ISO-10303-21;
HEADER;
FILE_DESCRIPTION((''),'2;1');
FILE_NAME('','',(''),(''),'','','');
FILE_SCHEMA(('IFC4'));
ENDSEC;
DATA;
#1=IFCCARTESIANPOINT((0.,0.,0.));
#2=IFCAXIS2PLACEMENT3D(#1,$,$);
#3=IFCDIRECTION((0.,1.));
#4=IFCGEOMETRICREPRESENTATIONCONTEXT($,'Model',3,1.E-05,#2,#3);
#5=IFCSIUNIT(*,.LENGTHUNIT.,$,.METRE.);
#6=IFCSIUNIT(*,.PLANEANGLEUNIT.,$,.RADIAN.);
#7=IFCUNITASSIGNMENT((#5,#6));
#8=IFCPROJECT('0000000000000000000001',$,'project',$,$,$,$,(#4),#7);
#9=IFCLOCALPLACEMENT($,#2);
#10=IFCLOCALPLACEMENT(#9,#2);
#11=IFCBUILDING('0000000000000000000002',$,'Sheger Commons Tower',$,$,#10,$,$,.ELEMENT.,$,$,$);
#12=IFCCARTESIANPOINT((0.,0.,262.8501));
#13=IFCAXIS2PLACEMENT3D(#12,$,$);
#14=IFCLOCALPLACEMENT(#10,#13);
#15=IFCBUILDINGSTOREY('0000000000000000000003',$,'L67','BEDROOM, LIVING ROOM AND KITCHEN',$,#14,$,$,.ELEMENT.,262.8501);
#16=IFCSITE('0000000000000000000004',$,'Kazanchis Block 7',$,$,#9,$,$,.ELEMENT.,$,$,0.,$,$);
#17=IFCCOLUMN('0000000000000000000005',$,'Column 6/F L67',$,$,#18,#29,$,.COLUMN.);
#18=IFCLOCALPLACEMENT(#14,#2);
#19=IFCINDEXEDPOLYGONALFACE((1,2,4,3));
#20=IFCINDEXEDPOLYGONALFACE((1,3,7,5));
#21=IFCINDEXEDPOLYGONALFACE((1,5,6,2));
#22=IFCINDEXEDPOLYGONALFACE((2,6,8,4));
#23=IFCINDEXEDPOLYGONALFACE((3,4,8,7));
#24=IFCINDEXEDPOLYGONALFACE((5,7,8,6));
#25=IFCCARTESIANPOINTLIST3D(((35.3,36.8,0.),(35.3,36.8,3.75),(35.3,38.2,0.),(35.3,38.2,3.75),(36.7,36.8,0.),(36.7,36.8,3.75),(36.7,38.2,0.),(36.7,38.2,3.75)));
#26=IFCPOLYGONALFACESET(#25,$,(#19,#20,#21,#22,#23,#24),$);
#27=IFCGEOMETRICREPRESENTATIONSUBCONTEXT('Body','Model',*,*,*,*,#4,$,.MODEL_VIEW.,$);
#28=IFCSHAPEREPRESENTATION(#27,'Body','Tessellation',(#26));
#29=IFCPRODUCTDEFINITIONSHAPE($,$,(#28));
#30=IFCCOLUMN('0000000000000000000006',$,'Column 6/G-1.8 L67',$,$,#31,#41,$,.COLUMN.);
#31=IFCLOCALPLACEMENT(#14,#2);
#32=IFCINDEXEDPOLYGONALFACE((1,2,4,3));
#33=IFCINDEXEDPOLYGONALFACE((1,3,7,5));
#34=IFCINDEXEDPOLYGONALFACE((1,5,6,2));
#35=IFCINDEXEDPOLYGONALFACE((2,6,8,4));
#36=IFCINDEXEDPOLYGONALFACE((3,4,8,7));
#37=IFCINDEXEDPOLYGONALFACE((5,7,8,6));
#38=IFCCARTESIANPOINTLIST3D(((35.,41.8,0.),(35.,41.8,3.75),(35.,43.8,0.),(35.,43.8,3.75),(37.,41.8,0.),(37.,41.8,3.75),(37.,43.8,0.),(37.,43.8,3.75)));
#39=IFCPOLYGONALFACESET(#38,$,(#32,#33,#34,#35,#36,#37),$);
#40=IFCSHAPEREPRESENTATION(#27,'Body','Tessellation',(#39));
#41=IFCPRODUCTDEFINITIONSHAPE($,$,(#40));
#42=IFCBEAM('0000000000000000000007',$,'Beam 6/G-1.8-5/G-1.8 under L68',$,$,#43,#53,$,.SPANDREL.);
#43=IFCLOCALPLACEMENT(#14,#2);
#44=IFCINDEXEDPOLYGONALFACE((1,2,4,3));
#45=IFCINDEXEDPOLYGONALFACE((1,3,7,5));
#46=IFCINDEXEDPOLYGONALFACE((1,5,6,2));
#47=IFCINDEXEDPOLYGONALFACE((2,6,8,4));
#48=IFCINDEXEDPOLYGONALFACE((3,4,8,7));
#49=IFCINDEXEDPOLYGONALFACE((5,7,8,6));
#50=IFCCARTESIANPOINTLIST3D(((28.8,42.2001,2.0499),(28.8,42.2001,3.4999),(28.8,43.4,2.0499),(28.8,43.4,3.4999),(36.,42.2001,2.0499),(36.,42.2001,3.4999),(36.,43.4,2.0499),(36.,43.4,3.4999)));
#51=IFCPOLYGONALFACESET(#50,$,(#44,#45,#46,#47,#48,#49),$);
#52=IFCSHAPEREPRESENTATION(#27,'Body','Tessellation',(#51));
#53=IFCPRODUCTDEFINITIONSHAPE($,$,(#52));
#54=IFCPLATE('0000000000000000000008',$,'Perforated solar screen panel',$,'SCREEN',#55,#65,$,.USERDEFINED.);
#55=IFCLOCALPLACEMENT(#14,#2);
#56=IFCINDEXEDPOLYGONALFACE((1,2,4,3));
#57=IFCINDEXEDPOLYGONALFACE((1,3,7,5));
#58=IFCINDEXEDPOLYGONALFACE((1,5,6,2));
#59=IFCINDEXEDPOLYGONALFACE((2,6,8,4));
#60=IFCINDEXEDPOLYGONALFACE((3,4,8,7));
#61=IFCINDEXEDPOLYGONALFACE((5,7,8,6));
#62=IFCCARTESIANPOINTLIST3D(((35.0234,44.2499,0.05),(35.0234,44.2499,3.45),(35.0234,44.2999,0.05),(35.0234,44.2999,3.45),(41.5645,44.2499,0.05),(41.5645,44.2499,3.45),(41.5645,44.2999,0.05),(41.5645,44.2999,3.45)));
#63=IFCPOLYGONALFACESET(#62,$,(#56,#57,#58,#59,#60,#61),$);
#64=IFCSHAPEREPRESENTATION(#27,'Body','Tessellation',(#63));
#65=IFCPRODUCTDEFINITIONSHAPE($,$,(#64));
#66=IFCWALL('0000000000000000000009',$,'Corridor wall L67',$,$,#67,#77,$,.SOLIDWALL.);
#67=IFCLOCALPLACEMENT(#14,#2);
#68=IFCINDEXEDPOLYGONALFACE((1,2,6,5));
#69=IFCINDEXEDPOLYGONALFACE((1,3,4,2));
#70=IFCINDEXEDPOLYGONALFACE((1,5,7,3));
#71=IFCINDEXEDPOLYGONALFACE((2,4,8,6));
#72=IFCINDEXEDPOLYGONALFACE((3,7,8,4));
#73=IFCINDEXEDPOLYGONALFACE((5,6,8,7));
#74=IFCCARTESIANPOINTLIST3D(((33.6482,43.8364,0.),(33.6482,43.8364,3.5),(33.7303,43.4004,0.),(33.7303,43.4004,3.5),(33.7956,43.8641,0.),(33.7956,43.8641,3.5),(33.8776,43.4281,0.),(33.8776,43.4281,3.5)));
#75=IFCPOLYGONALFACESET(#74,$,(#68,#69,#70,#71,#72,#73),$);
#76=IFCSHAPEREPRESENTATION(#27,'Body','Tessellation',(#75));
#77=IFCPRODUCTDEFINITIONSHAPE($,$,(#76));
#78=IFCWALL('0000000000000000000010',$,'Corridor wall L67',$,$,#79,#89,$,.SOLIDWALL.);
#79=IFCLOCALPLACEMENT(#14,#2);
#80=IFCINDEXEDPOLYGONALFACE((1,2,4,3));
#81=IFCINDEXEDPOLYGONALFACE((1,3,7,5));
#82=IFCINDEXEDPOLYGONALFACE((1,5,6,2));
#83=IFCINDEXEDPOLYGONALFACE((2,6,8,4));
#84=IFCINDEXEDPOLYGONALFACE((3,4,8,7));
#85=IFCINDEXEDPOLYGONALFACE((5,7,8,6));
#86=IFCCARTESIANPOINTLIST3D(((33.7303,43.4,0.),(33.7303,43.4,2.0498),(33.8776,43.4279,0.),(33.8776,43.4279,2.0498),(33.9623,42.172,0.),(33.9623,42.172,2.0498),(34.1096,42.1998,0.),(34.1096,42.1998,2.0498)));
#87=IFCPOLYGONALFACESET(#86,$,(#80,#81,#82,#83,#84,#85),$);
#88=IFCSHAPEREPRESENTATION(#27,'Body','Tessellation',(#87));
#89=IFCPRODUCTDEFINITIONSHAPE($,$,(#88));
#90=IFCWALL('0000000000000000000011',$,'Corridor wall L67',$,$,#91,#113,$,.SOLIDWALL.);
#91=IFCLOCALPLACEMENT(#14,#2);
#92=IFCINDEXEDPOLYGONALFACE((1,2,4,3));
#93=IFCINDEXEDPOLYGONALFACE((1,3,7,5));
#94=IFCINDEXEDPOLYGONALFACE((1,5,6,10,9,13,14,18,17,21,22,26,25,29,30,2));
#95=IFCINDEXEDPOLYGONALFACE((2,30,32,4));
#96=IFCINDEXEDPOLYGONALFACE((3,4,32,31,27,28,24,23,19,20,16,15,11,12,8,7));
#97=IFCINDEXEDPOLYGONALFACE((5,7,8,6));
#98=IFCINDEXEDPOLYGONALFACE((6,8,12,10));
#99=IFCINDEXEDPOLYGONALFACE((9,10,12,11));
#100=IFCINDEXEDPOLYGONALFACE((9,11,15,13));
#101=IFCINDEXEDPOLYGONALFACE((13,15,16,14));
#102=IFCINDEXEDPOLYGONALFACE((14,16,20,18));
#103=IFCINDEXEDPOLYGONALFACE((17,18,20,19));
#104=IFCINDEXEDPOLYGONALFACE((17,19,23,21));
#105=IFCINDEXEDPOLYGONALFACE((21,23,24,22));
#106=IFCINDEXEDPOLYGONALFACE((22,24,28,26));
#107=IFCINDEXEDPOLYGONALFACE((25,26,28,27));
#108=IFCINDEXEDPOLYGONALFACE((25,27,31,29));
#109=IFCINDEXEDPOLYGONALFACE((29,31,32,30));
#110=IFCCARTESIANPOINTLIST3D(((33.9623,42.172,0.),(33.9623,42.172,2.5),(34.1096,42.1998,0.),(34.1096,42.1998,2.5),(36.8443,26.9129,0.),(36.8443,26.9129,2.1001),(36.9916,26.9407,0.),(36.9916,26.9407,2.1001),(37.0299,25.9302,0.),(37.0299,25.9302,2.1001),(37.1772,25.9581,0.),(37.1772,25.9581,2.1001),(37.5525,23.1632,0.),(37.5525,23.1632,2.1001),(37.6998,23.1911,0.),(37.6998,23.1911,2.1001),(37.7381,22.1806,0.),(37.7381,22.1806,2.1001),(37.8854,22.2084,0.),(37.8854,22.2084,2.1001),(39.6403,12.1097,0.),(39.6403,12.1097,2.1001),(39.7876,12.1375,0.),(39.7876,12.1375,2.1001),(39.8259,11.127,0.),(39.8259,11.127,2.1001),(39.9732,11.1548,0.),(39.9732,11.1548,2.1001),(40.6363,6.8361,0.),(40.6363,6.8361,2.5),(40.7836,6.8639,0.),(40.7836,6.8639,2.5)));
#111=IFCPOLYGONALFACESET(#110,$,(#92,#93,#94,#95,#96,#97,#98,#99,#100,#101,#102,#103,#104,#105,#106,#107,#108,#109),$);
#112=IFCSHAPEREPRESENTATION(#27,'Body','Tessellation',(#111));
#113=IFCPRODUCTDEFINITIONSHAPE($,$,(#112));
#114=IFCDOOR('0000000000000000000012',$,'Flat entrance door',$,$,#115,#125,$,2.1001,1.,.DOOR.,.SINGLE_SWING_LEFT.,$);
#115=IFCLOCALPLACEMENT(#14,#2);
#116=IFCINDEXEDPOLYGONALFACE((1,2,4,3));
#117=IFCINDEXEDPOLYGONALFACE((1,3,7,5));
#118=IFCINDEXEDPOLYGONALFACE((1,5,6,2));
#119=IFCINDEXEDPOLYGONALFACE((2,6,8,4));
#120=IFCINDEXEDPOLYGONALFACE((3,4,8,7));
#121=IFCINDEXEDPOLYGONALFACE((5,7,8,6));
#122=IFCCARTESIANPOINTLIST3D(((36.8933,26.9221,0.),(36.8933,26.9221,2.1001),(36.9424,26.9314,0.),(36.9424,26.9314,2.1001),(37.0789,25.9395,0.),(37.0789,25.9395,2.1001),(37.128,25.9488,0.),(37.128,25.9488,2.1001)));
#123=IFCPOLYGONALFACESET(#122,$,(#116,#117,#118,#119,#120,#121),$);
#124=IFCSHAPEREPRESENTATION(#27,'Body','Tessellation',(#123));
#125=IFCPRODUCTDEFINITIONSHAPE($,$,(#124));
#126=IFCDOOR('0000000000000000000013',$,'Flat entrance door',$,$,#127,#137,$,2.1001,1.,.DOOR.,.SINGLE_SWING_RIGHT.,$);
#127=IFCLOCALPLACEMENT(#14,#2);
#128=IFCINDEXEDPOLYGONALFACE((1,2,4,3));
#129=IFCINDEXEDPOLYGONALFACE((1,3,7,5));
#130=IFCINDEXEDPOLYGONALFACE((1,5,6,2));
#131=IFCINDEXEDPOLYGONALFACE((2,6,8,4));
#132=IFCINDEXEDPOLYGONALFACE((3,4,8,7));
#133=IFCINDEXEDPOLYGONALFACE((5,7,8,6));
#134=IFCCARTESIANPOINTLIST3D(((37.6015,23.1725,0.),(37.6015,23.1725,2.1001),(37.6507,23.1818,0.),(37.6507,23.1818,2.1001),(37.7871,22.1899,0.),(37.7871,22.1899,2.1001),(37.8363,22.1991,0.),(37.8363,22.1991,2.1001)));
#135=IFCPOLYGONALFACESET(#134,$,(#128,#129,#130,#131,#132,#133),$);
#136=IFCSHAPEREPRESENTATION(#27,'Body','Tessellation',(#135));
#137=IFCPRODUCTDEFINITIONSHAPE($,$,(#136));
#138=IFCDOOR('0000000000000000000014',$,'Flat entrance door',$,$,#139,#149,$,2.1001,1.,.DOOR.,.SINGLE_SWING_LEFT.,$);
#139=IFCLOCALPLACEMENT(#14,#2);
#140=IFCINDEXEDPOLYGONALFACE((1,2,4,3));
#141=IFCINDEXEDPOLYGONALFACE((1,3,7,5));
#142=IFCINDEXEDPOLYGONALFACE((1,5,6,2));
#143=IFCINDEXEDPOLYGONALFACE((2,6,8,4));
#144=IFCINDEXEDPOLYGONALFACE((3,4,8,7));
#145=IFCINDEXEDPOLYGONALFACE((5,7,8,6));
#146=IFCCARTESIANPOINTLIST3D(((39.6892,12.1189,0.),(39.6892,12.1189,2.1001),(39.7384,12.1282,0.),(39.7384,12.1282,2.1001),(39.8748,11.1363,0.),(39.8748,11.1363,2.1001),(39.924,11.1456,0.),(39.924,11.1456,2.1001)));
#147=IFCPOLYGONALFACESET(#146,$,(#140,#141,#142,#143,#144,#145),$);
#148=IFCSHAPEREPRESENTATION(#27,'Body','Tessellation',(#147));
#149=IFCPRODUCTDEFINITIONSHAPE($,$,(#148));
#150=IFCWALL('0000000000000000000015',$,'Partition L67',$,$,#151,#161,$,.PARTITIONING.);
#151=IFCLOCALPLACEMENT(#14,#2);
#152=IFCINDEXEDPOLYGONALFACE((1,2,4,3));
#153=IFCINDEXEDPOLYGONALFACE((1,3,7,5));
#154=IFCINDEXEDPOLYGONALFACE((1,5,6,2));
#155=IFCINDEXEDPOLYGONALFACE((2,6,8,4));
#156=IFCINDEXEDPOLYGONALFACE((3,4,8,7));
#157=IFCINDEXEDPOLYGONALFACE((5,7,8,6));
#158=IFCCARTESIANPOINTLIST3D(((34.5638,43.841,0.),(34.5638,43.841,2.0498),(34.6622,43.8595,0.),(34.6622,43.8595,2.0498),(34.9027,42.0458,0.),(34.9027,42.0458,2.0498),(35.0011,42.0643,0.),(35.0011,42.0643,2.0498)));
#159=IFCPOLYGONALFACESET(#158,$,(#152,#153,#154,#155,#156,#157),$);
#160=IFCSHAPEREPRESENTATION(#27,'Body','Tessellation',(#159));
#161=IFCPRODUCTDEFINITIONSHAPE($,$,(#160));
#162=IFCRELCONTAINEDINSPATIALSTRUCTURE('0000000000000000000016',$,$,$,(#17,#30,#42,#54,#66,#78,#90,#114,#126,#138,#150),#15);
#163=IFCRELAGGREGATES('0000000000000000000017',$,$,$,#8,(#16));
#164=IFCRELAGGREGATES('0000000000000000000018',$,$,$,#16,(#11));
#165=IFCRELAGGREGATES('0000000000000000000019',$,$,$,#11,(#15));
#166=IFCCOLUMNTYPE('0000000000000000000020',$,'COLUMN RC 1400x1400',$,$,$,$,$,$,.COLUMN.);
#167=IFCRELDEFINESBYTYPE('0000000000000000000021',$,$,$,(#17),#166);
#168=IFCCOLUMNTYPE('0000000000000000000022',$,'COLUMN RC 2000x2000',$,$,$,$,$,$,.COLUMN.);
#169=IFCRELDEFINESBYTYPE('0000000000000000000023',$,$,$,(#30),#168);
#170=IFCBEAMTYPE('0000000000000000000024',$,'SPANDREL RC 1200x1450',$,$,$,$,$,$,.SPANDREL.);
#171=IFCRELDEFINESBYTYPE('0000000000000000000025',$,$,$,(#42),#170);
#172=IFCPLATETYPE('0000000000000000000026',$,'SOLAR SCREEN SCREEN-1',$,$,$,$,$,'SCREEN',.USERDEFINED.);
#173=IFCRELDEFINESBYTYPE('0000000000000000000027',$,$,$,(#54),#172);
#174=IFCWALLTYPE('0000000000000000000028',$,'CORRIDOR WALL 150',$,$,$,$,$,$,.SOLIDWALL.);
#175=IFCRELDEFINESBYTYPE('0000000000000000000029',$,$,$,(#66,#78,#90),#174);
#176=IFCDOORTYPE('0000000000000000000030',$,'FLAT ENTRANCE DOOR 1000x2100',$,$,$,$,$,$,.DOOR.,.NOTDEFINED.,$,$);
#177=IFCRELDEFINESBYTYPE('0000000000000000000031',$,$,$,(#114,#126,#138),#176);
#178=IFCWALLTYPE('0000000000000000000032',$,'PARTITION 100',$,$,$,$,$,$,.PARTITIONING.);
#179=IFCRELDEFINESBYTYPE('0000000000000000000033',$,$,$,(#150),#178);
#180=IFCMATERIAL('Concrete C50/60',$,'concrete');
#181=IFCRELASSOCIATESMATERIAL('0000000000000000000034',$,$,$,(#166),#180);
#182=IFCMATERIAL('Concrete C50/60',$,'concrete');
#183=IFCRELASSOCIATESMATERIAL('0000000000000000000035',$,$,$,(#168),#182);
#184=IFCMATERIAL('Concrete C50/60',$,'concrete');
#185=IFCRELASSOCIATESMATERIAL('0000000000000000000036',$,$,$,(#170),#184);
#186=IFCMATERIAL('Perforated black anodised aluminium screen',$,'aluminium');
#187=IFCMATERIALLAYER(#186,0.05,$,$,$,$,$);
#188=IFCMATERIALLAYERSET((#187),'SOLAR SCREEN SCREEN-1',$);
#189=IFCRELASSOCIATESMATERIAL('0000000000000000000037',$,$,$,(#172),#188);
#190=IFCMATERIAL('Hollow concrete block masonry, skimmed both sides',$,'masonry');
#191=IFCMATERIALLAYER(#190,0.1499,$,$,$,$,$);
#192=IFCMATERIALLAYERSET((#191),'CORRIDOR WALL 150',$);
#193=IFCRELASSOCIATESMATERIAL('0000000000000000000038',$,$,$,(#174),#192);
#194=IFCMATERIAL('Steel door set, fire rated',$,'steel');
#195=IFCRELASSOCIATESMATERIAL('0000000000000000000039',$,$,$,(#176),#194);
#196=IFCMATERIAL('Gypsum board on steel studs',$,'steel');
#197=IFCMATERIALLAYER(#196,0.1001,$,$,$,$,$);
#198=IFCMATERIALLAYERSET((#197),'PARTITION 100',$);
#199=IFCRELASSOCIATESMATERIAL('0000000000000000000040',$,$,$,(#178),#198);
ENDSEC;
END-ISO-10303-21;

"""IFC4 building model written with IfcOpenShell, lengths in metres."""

from ifc_helpers import new_model, si_unit, direction, frame, frame_2d, origin, origin_2d, place, context, subcontext, project, spatial, rectangle, extrude, material, layer, layer_set, material_profile, profile_set, type_object, element, fill, save


model = new_model("IFC4")

# Units and contexts
model_context = context("Model", 3, precision=1e-05, world=origin(), true_north=direction((0.0, 1.0)))
body_context = subcontext(model_context, "Body", "Model", "MODEL_VIEW")
ifc_project = project(units=[si_unit("LENGTHUNIT", "METRE"), si_unit("PLANEANGLEUNIT", "RADIAN")], contexts=[model_context])

# Site, building, storey
site_placement = place(None, origin())
site = spatial("IfcSite", under=ifc_project, at=site_placement, Name="Kazanchis Block 7", CompositionType="ELEMENT", RefElevation=0.0)
building_placement = place(site_placement, origin())
building = spatial("IfcBuilding", under=site, at=building_placement, Name="Sheger Commons Tower", CompositionType="ELEMENT")
storey_placement = place(building_placement, frame((0.0, 0.0, 262.8501)))
storey = spatial("IfcBuildingStorey", under=building, at=storey_placement, Name="L67", Description="BEDROOM, LIVING ROOM AND KITCHEN", CompositionType="ELEMENT", Elevation=262.8501)

# Columns
ifc_material_1 = material(Name="Concrete C50/60", Category="concrete")
ifc_material_profile_1 = material_profile(ifc_material_1, rectangle(XDim=1.3999, YDim=1.3999, at=origin_2d()), Name="RC 1400x1400")
ifc_profile_set_1 = profile_set([ifc_material_profile_1], Name="Concrete C50/60")
column_type_1 = type_object("IfcColumnType", Name="COLUMN RC 1400x1400", PredefinedType="COLUMN", material=ifc_profile_set_1)
column_1_placement = place(storey_placement, frame((36.0, 37.5, 0.0), z_axis=(0.0, 0.0, 1.0), x_axis=(1.0, 0.0, 0.0)))
element("IfcColumn", 1, at=column_1_placement, inside=storey, type_object=column_type_1, Name="Column 6/F L67", PredefinedType="COLUMN", context=body_context, shape_type="SweptSolid", body=[
    extrude(rectangle(XDim=1.3999, YDim=1.3999, at=origin_2d()), origin(), (0.0, 0.0, 1.0), 3.75),
])
ifc_material_2 = material(Name="Concrete C50/60", Category="concrete")
ifc_material_profile_2 = material_profile(ifc_material_2, rectangle(XDim=2.0, YDim=2.0, at=origin_2d()), Name="RC 2000x2000")
ifc_profile_set_2 = profile_set([ifc_material_profile_2], Name="Concrete C50/60")
column_type_2 = type_object("IfcColumnType", Name="COLUMN RC 2000x2000", PredefinedType="COLUMN", material=ifc_profile_set_2)
column_2_placement = place(storey_placement, frame((36.0, 42.8, 0.0), z_axis=(0.0, 0.0, 1.0), x_axis=(1.0, 0.0, 0.0)))
element("IfcColumn", 2, at=column_2_placement, inside=storey, type_object=column_type_2, Name="Column 6/G-1.8 L67", PredefinedType="COLUMN", context=body_context, shape_type="SweptSolid", body=[
    extrude(rectangle(XDim=2.0, YDim=2.0, at=origin_2d()), origin(), (0.0, 0.0, 1.0), 3.75),
])

# Beam
ifc_material_3 = material(Name="Concrete C50/60", Category="concrete")
ifc_material_profile_3 = material_profile(ifc_material_3, rectangle(XDim=1.2, YDim=1.45, at=origin_2d()), Name="RC 1200x1450")
ifc_profile_set_3 = profile_set([ifc_material_profile_3], Name="Concrete C50/60")
beam_type = type_object("IfcBeamType", Name="SPANDREL RC 1200x1450", PredefinedType="SPANDREL", material=ifc_profile_set_3)
beam_placement = place(storey_placement, frame((36.0, 42.8, 2.7749), z_axis=(-1.0, 0.0, 0.0), x_axis=(0.0, -1.0, 0.0)))
element("IfcBeam", 3, at=beam_placement, inside=storey, type_object=beam_type, Name="Beam 6/G-1.8-5/G-1.8 under L68", PredefinedType="SPANDREL", context=body_context, shape_type="SweptSolid", body=[
    extrude(rectangle(XDim=1.2, YDim=1.45, at=origin_2d()), origin(), (0.0, 0.0, 1.0), 7.2),
])

# Plate
ifc_material_4 = material(Name="Perforated black anodised aluminium screen", Category="aluminium")
ifc_layer_1 = layer(ifc_material_4, 0.05)
ifc_layer_set_1 = layer_set([ifc_layer_1], Name="SOLAR SCREEN SCREEN-1")
plate_type = type_object("IfcPlateType", Name="SOLAR SCREEN SCREEN-1", ElementType="SCREEN", PredefinedType="USERDEFINED", material=ifc_layer_set_1)
plate_placement = place(storey_placement, frame((38.2939, 44.2749, 0.05), z_axis=(0.0, 0.0, 1.0), x_axis=(-1.0, 0.0, 0.0)))
element("IfcPlate", 4, at=plate_placement, inside=storey, type_object=plate_type, Name="Perforated solar screen panel", ObjectType="SCREEN", PredefinedType="USERDEFINED", context=body_context, shape_type="SweptSolid", body=[
    extrude(rectangle(XDim=6.541, YDim=0.05, at=origin_2d()), origin(), (0.0, 0.0, 1.0), 3.3999),
])

# Walls
ifc_material_5 = material(Name="Hollow concrete block masonry, skimmed both sides", Category="masonry")
ifc_layer_2 = layer(ifc_material_5, 0.1499)
ifc_layer_set_2 = layer_set([ifc_layer_2], Name="CORRIDOR WALL 150")
wall_type_1 = type_object("IfcWallType", Name="CORRIDOR WALL 150", PredefinedType="SOLIDWALL", material=ifc_layer_set_2)
wall_1_placement = place(storey_placement, frame((33.7219, 43.8501, 0.0), z_axis=(0.0, 0.0, 1.0), x_axis=(0.184887, -0.98276, 0.0)))
element("IfcWall", 5, at=wall_1_placement, inside=storey, type_object=wall_type_1, Name="Corridor wall L67", PredefinedType="SOLIDWALL", context=body_context, shape_type="SweptSolid", body=[
    extrude(rectangle(XDim=0.4436, YDim=0.1499, at=frame_2d((0.2217, 0.0))), origin(), (0.0, 0.0, 1.0), 3.5),
])
wall_2_placement = place(storey_placement, frame((33.804, 43.4141, 0.0), z_axis=(0.0, 0.0, 1.0), x_axis=(0.185586, -0.982628, 0.0)))
element("IfcWall", 6, at=wall_2_placement, inside=storey, type_object=wall_type_1, Name="Corridor wall L67", PredefinedType="SOLIDWALL", context=body_context, shape_type="SweptSolid", body=[
    extrude(rectangle(XDim=1.2498, YDim=0.1499, at=frame_2d((0.625, 0.0))), origin(), (0.0, 0.0, 1.0), 2.0498),
])

# Wall, openings, doors
wall_3_placement = place(storey_placement, frame((34.0359, 42.186, 0.0), z_axis=(0.0, 0.0, 1.0), x_axis=(0.185594, -0.982627, 0.0)))
wall_3 = element("IfcWall", 7, at=wall_3_placement, inside=storey, type_object=wall_type_1, Name="Corridor wall L67", PredefinedType="SOLIDWALL", context=body_context, shape_type="SweptSolid", body=[
    extrude(rectangle(XDim=35.9607, YDim=0.1499, at=frame_2d((17.9805, 0.0))), origin(), (0.0, 0.0, 1.0), 2.5),
])
opening_1_placement = place(wall_3_placement, frame((15.5291, 0.0, 0.0)))
opening_1 = element("IfcOpeningElement", 8, at=opening_1_placement, cuts=wall_3, PredefinedType="OPENING", context=body_context, shape_type="SweptSolid", body=[
    extrude(rectangle(XDim=1.0, YDim=2.1001, at=frame_2d((0.5, 1.05))), frame((0.0, 0.085, 0.0), z_axis=(0.0, -1.0, 0.0), x_axis=(1.0, 0.0, 0.0)), (0.0, 0.0, 1.0), 0.1699),
])
opening_2_placement = place(wall_3_placement, frame((19.345, 0.0, 0.0)))
opening_2 = element("IfcOpeningElement", 9, at=opening_2_placement, cuts=wall_3, PredefinedType="OPENING", context=body_context, shape_type="SweptSolid", body=[
    extrude(rectangle(XDim=1.0, YDim=2.1001, at=frame_2d((0.5, 1.05))), frame((0.0, 0.085, 0.0), z_axis=(0.0, -1.0, 0.0), x_axis=(1.0, 0.0, 0.0)), (0.0, 0.0, 1.0), 0.1699),
])
opening_3_placement = place(wall_3_placement, frame((30.594, 0.0, 0.0)))
opening_3 = element("IfcOpeningElement", 10, at=opening_3_placement, cuts=wall_3, PredefinedType="OPENING", context=body_context, shape_type="SweptSolid", body=[
    extrude(rectangle(XDim=1.0, YDim=2.1001, at=frame_2d((0.5, 1.05))), frame((0.0, 0.085, 0.0), z_axis=(0.0, -1.0, 0.0), x_axis=(1.0, 0.0, 0.0)), (0.0, 0.0, 1.0), 0.1699),
])
ifc_material_6 = material(Name="Steel door set, fire rated", Category="steel")
door_type_1 = type_object("IfcDoorType", Name="FLAT ENTRANCE DOOR 1000x2100", OperationType="NOTDEFINED", PredefinedType="DOOR", material=ifc_material_6)
door_1_placement = place(opening_1_placement, origin())
door_1 = element("IfcDoor", 11, at=door_1_placement, inside=storey, type_object=door_type_1, Name="Flat entrance door", OperationType="SINGLE_SWING_LEFT", OverallHeight=2.1001, OverallWidth=1.0, PredefinedType="DOOR", context=body_context, shape_type="SweptSolid", body=[
    extrude(rectangle(XDim=1.0, YDim=2.1001, at=frame_2d((0.5, 1.05))), frame((0.0, 0.0249, 0.0), z_axis=(0.0, -1.0, 0.0), x_axis=(1.0, 0.0, 0.0)), (0.0, 0.0, 1.0), 0.05),
])
fill(opening_1, door_1)
door_2_placement = place(opening_2_placement, origin())
door_2 = element("IfcDoor", 12, at=door_2_placement, inside=storey, type_object=door_type_1, Name="Flat entrance door", OperationType="SINGLE_SWING_RIGHT", OverallHeight=2.1001, OverallWidth=1.0, PredefinedType="DOOR", context=body_context, shape_type="SweptSolid", body=[
    extrude(rectangle(XDim=1.0, YDim=2.1001, at=frame_2d((0.5, 1.05))), frame((0.0, 0.0249, 0.0), z_axis=(0.0, -1.0, 0.0), x_axis=(1.0, 0.0, 0.0)), (0.0, 0.0, 1.0), 0.05),
])
fill(opening_2, door_2)
door_3_placement = place(opening_3_placement, origin())
door_3 = element("IfcDoor", 13, at=door_3_placement, inside=storey, type_object=door_type_1, Name="Flat entrance door", OperationType="SINGLE_SWING_LEFT", OverallHeight=2.1001, OverallWidth=1.0, PredefinedType="DOOR", context=body_context, shape_type="SweptSolid", body=[
    extrude(rectangle(XDim=1.0, YDim=2.1001, at=frame_2d((0.5, 1.05))), frame((0.0, 0.0249, 0.0), z_axis=(0.0, -1.0, 0.0), x_axis=(1.0, 0.0, 0.0)), (0.0, 0.0, 1.0), 0.05),
])
fill(opening_3, door_3)

# Wall
ifc_material_7 = material(Name="Gypsum board on steel studs", Category="steel")
ifc_layer_3 = layer(ifc_material_7, 0.1001)
ifc_layer_set_3 = layer_set([ifc_layer_3], Name="PARTITION 100")
wall_type_2 = type_object("IfcWallType", Name="PARTITION 100", PredefinedType="PARTITIONING", material=ifc_layer_set_3)
wall_4_placement = place(storey_placement, frame((34.9519, 42.0549, 0.0), z_axis=(0.0, 0.0, 1.0), x_axis=(-0.185491, 0.982646, 0.0)))
element("IfcWall", 14, at=wall_4_placement, inside=storey, type_object=wall_type_2, Name="Partition L67", PredefinedType="PARTITIONING", context=body_context, shape_type="SweptSolid", body=[
    extrude(rectangle(XDim=1.8269, YDim=0.1001, at=frame_2d((0.9136, 0.0))), origin(), (0.0, 0.0, 1.0), 2.0498),
])

save(model, "model.ifc")
